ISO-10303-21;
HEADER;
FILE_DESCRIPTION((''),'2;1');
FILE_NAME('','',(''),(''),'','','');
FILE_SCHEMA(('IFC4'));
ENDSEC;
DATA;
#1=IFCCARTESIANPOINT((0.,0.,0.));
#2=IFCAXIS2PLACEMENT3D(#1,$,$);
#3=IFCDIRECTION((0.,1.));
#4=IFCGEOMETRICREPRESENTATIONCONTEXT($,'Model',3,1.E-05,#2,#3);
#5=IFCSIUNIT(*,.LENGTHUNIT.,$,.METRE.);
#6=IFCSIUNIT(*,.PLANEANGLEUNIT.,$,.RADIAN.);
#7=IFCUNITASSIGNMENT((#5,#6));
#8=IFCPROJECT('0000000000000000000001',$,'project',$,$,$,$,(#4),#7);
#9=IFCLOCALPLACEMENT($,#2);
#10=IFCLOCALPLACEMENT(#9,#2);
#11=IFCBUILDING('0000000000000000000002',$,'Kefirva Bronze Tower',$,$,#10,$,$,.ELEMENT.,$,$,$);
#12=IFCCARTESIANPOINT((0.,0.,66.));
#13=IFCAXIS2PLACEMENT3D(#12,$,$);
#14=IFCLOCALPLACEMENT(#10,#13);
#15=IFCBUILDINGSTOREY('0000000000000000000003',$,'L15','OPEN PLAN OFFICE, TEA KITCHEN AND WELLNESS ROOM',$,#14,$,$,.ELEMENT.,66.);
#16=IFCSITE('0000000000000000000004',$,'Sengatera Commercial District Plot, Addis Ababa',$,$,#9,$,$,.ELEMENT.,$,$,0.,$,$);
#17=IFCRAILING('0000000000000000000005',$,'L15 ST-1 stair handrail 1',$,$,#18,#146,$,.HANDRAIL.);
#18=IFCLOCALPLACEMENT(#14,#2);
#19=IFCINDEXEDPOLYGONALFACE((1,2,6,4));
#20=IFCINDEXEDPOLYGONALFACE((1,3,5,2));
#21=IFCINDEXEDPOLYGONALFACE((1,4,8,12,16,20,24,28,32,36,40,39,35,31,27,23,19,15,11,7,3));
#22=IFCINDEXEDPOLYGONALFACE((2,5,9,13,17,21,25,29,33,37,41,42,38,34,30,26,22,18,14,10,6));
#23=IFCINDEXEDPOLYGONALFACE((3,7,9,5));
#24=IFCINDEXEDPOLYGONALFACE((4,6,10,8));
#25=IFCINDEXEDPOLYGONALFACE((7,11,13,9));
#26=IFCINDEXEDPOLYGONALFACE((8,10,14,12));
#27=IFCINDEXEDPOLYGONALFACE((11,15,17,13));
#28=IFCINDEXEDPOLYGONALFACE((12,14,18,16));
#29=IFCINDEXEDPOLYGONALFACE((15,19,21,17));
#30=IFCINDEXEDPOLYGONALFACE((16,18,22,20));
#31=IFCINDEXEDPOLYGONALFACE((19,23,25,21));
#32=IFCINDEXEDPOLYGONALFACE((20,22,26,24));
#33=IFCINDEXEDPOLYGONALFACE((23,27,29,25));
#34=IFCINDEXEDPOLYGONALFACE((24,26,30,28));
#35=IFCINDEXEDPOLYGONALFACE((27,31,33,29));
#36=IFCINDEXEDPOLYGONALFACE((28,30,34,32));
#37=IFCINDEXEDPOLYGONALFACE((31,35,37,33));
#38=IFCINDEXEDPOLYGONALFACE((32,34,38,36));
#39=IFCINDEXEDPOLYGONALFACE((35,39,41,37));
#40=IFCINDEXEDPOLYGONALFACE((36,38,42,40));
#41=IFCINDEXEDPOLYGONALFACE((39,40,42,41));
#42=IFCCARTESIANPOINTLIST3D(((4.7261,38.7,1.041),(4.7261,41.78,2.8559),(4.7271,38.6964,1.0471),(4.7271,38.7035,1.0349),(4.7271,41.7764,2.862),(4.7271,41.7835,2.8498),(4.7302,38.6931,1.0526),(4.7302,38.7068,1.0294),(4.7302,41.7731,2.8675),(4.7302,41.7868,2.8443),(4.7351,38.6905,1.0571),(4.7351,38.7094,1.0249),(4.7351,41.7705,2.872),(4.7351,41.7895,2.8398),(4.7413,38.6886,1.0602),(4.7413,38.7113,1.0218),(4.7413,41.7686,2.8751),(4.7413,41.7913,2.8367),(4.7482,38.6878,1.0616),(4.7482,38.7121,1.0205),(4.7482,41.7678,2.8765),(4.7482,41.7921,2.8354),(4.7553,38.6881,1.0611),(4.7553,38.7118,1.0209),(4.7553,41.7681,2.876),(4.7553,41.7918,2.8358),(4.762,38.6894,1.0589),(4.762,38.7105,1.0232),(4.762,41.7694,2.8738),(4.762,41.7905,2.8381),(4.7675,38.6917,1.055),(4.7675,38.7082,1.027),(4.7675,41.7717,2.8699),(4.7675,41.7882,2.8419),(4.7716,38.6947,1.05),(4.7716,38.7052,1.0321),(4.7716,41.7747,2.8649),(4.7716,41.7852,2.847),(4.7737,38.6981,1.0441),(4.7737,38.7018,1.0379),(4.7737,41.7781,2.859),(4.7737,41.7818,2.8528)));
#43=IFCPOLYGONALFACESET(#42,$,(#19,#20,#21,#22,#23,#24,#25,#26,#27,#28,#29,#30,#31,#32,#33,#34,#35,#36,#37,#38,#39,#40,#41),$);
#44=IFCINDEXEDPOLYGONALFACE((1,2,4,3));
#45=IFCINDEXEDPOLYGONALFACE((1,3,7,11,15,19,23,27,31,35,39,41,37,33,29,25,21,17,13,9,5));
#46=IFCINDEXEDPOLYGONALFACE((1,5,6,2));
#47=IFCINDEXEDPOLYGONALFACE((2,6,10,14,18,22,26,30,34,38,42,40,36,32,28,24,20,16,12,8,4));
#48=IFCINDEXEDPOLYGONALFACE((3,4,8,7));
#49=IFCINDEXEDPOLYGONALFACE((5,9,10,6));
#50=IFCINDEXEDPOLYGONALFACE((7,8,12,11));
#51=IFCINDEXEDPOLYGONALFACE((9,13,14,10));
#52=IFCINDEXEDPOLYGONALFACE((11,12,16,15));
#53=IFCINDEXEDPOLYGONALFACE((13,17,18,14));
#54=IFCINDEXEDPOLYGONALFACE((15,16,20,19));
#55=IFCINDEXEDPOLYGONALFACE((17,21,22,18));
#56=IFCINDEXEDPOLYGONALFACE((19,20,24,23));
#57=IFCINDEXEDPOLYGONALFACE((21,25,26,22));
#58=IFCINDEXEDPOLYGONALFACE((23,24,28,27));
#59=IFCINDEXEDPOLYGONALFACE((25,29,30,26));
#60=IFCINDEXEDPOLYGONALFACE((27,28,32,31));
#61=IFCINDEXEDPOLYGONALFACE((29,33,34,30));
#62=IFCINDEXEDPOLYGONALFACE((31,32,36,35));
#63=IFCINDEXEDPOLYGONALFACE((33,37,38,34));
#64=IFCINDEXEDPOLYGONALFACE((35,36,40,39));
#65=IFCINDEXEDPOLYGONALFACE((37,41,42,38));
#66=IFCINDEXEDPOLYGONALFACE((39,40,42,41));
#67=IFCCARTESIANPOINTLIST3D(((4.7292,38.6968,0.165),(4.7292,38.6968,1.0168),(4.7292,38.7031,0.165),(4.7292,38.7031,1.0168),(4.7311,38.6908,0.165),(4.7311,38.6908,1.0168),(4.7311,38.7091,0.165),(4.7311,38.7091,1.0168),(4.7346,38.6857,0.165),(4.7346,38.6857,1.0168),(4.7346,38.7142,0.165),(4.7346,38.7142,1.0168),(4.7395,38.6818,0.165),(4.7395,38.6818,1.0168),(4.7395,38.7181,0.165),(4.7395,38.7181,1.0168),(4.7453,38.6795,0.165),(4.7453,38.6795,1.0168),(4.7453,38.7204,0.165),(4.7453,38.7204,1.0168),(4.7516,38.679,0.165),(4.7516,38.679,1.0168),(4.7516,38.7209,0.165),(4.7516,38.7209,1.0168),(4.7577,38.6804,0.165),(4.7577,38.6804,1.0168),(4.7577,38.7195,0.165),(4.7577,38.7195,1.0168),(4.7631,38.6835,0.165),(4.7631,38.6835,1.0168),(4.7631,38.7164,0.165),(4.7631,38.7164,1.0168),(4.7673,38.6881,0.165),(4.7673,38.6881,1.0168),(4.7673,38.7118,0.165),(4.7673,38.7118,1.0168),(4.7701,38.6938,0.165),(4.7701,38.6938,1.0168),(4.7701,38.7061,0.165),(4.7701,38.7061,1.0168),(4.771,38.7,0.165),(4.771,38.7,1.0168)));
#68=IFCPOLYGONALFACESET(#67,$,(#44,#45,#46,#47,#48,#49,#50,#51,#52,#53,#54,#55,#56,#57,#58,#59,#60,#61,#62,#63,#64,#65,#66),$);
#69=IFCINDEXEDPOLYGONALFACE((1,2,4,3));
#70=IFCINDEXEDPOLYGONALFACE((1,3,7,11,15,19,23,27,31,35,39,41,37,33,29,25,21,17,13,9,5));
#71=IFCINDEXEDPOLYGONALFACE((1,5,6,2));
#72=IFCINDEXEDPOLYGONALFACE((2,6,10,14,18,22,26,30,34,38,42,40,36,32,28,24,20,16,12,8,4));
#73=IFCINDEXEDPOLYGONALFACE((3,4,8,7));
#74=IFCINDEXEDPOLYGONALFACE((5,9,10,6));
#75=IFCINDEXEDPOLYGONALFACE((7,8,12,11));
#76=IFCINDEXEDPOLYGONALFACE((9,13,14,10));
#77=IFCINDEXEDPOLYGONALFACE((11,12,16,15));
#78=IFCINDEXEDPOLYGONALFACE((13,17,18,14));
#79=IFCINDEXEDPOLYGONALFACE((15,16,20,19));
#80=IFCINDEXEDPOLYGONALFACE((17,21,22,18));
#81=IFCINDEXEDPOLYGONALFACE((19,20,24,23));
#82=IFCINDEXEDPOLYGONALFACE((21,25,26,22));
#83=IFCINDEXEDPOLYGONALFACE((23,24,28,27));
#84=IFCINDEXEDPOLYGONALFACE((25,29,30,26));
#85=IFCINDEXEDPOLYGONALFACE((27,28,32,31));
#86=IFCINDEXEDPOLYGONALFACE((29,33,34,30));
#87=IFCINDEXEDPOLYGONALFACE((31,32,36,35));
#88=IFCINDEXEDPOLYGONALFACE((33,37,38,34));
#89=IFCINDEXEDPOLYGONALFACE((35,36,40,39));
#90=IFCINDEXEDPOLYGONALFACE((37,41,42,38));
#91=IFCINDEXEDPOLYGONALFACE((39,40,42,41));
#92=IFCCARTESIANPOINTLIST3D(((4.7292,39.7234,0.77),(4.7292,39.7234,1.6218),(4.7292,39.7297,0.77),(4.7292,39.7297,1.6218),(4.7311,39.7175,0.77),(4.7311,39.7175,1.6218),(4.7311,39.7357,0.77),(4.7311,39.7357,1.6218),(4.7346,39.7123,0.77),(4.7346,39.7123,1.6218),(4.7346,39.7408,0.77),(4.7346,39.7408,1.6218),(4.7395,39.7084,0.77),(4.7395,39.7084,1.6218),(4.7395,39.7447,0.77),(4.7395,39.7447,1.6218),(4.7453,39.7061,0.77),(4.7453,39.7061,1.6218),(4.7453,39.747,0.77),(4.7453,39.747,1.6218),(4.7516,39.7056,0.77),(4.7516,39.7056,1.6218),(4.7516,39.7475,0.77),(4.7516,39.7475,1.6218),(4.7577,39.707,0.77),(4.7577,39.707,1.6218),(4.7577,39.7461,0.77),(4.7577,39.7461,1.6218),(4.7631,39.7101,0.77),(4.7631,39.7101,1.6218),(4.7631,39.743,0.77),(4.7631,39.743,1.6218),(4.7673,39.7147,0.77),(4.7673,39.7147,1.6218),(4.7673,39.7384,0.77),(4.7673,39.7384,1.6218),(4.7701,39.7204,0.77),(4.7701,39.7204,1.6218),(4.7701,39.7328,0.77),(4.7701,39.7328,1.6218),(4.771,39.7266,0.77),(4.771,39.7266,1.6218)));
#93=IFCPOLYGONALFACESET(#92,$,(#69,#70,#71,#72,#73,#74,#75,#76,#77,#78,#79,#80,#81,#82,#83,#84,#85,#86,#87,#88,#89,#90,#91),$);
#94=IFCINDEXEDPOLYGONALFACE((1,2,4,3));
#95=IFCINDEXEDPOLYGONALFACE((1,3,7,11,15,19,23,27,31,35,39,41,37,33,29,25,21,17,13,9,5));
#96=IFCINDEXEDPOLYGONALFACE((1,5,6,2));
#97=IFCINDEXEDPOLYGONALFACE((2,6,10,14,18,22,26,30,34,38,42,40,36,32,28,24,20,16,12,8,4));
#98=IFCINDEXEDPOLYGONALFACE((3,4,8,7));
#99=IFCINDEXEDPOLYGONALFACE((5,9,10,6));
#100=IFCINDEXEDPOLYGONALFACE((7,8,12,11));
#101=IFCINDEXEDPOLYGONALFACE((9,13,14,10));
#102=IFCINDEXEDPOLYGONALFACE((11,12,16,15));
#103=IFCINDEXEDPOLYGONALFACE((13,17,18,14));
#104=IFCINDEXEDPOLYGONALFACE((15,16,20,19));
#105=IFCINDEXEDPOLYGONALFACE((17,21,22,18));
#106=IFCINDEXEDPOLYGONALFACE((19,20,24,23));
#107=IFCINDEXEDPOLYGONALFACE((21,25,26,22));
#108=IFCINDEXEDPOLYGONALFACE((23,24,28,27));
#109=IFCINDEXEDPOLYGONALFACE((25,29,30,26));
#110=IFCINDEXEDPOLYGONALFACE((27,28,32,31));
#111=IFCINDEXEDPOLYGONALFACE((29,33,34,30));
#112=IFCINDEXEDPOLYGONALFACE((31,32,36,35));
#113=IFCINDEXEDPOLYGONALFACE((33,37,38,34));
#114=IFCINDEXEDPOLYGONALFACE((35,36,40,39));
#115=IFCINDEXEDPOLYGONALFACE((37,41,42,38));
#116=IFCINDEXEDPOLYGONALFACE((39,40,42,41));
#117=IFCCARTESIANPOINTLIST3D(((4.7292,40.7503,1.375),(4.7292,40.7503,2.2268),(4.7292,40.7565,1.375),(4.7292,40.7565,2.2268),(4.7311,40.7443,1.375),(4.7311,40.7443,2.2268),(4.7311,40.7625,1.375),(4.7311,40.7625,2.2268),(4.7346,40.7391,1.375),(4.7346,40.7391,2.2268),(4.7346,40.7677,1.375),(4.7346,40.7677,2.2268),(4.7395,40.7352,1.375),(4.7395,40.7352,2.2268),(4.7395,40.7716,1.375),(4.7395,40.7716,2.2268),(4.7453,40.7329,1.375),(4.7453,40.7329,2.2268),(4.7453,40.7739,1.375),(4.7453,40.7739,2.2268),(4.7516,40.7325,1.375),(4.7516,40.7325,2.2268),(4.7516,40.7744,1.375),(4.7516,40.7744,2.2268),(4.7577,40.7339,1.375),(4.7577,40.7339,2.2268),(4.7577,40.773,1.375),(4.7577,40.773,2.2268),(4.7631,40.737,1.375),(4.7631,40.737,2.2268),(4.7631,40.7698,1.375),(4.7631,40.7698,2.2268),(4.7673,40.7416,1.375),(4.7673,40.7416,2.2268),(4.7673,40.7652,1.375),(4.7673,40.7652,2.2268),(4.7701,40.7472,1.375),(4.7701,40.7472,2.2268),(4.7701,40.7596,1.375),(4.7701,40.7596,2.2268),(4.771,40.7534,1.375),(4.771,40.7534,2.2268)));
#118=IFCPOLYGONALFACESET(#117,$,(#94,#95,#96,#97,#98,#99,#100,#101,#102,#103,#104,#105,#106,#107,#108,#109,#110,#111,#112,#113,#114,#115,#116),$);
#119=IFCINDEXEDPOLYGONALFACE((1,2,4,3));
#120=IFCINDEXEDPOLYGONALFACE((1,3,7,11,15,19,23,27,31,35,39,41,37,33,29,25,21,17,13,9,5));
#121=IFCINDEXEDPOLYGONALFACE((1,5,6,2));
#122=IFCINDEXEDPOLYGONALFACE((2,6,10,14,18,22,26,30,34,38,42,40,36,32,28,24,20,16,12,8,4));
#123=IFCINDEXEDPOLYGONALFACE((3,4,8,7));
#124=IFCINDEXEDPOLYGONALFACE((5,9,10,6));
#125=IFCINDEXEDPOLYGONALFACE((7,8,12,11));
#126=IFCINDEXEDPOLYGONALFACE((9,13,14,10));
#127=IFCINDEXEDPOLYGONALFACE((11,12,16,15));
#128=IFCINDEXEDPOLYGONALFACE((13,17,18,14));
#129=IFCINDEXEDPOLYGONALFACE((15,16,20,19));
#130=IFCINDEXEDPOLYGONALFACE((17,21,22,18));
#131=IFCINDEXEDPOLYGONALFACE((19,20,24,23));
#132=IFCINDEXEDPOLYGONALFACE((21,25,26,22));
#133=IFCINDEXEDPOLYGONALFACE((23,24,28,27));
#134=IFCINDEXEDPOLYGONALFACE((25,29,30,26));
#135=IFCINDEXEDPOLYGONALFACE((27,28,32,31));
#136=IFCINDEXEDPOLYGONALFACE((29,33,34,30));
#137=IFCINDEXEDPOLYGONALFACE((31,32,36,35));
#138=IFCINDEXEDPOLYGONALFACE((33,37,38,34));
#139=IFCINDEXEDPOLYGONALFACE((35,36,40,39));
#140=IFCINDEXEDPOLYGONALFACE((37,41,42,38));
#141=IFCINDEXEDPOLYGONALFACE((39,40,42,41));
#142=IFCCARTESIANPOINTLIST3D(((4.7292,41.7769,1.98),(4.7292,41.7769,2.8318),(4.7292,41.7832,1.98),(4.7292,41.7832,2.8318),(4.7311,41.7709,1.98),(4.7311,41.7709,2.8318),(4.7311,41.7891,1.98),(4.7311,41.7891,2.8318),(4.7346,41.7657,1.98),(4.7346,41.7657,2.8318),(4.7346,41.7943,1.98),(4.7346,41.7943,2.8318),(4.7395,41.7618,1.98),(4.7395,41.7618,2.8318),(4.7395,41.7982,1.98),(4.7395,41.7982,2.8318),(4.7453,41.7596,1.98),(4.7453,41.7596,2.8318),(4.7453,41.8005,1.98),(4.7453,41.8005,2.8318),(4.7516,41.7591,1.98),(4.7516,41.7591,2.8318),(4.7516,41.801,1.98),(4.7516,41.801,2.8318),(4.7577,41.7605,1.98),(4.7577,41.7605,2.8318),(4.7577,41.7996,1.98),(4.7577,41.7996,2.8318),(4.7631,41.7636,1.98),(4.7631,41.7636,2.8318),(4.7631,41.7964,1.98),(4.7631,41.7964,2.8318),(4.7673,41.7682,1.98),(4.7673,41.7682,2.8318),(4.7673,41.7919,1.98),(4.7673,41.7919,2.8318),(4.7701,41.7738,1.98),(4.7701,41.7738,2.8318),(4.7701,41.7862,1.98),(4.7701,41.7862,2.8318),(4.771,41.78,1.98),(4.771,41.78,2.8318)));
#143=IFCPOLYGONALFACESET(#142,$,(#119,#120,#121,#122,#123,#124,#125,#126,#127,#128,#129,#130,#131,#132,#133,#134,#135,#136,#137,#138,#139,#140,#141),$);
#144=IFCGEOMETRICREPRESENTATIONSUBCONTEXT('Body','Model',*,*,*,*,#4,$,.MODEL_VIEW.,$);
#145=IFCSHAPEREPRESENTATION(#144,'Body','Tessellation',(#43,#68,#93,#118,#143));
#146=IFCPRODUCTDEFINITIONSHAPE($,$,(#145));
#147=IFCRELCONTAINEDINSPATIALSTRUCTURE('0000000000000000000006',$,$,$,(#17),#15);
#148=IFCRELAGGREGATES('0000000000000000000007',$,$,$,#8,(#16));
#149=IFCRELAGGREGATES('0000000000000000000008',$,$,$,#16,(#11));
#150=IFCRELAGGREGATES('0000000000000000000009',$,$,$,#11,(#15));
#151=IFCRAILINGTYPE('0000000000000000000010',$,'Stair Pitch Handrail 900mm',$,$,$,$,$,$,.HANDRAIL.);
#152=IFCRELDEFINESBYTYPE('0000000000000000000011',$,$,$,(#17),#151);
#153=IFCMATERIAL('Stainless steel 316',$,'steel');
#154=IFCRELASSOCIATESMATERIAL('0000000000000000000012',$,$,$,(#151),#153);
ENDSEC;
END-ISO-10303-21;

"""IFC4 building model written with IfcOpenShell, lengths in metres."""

from ifc_helpers import new_model, si_unit, direction, frame, origin, origin_2d, place, context, subcontext, project, spatial, circle, extrude, material, type_object, element, save


model = new_model("IFC4")

# Units and contexts
model_context = context("Model", 3, precision=1e-05, world=origin(), true_north=direction((0.0, 1.0)))
body_context = subcontext(model_context, "Body", "Model", "MODEL_VIEW")
ifc_project = project(units=[si_unit("LENGTHUNIT", "METRE"), si_unit("PLANEANGLEUNIT", "RADIAN")], contexts=[model_context])

# Site, building, storey
site_placement = place(None, origin())
site = spatial("IfcSite", under=ifc_project, at=site_placement, Name="Sengatera Commercial District Plot, Addis Ababa", CompositionType="ELEMENT", RefElevation=0.0)
building_placement = place(site_placement, origin())
building = spatial("IfcBuilding", under=site, at=building_placement, Name="Kefirva Bronze Tower", CompositionType="ELEMENT")
storey_placement = place(building_placement, frame((0.0, 0.0, 66.0)))
storey = spatial("IfcBuildingStorey", under=building, at=storey_placement, Name="L15", Description="OPEN PLAN OFFICE, TEA KITCHEN AND WELLNESS ROOM", CompositionType="ELEMENT", Elevation=66.0)

# Railing
ifc_material_1 = material(Name="Stainless steel 316", Category="steel")
railing_type_1 = type_object("IfcRailingType", Name="Stair Pitch Handrail 900mm", PredefinedType="HANDRAIL", material=ifc_material_1)
railing_1_placement = place(storey_placement, frame((4.75, 38.7, 0.165)))
element("IfcRailing", 1, at=railing_1_placement, inside=storey, type_object=railing_type_1, Name="L15 ST-1 stair handrail 1", PredefinedType="HANDRAIL", context=body_context, shape_type="SweptSolid", body=[
    extrude(circle(Radius=0.0239, at=origin_2d()), frame((0.0, 0.0, 0.876), z_axis=(0.0, 0.861551, 0.507671), x_axis=(-1.0, 0.0, 0.0)), (0.0, 0.0, 1.0), 3.575),
    extrude(circle(Radius=0.021, at=origin_2d()), origin(), (0.0, 0.0, 1.0), 0.8518),
    extrude(circle(Radius=0.021, at=origin_2d()), frame((0.0, 1.0266, 0.605)), (0.0, 0.0, 1.0), 0.8518),
    extrude(circle(Radius=0.021, at=origin_2d()), frame((0.0, 2.0535, 1.21)), (0.0, 0.0, 1.0), 0.8518),
    extrude(circle(Radius=0.021, at=origin_2d()), frame((0.0, 3.0801, 1.8149)), (0.0, 0.0, 1.0), 0.8518),
])

save(model, "model.ifc")
